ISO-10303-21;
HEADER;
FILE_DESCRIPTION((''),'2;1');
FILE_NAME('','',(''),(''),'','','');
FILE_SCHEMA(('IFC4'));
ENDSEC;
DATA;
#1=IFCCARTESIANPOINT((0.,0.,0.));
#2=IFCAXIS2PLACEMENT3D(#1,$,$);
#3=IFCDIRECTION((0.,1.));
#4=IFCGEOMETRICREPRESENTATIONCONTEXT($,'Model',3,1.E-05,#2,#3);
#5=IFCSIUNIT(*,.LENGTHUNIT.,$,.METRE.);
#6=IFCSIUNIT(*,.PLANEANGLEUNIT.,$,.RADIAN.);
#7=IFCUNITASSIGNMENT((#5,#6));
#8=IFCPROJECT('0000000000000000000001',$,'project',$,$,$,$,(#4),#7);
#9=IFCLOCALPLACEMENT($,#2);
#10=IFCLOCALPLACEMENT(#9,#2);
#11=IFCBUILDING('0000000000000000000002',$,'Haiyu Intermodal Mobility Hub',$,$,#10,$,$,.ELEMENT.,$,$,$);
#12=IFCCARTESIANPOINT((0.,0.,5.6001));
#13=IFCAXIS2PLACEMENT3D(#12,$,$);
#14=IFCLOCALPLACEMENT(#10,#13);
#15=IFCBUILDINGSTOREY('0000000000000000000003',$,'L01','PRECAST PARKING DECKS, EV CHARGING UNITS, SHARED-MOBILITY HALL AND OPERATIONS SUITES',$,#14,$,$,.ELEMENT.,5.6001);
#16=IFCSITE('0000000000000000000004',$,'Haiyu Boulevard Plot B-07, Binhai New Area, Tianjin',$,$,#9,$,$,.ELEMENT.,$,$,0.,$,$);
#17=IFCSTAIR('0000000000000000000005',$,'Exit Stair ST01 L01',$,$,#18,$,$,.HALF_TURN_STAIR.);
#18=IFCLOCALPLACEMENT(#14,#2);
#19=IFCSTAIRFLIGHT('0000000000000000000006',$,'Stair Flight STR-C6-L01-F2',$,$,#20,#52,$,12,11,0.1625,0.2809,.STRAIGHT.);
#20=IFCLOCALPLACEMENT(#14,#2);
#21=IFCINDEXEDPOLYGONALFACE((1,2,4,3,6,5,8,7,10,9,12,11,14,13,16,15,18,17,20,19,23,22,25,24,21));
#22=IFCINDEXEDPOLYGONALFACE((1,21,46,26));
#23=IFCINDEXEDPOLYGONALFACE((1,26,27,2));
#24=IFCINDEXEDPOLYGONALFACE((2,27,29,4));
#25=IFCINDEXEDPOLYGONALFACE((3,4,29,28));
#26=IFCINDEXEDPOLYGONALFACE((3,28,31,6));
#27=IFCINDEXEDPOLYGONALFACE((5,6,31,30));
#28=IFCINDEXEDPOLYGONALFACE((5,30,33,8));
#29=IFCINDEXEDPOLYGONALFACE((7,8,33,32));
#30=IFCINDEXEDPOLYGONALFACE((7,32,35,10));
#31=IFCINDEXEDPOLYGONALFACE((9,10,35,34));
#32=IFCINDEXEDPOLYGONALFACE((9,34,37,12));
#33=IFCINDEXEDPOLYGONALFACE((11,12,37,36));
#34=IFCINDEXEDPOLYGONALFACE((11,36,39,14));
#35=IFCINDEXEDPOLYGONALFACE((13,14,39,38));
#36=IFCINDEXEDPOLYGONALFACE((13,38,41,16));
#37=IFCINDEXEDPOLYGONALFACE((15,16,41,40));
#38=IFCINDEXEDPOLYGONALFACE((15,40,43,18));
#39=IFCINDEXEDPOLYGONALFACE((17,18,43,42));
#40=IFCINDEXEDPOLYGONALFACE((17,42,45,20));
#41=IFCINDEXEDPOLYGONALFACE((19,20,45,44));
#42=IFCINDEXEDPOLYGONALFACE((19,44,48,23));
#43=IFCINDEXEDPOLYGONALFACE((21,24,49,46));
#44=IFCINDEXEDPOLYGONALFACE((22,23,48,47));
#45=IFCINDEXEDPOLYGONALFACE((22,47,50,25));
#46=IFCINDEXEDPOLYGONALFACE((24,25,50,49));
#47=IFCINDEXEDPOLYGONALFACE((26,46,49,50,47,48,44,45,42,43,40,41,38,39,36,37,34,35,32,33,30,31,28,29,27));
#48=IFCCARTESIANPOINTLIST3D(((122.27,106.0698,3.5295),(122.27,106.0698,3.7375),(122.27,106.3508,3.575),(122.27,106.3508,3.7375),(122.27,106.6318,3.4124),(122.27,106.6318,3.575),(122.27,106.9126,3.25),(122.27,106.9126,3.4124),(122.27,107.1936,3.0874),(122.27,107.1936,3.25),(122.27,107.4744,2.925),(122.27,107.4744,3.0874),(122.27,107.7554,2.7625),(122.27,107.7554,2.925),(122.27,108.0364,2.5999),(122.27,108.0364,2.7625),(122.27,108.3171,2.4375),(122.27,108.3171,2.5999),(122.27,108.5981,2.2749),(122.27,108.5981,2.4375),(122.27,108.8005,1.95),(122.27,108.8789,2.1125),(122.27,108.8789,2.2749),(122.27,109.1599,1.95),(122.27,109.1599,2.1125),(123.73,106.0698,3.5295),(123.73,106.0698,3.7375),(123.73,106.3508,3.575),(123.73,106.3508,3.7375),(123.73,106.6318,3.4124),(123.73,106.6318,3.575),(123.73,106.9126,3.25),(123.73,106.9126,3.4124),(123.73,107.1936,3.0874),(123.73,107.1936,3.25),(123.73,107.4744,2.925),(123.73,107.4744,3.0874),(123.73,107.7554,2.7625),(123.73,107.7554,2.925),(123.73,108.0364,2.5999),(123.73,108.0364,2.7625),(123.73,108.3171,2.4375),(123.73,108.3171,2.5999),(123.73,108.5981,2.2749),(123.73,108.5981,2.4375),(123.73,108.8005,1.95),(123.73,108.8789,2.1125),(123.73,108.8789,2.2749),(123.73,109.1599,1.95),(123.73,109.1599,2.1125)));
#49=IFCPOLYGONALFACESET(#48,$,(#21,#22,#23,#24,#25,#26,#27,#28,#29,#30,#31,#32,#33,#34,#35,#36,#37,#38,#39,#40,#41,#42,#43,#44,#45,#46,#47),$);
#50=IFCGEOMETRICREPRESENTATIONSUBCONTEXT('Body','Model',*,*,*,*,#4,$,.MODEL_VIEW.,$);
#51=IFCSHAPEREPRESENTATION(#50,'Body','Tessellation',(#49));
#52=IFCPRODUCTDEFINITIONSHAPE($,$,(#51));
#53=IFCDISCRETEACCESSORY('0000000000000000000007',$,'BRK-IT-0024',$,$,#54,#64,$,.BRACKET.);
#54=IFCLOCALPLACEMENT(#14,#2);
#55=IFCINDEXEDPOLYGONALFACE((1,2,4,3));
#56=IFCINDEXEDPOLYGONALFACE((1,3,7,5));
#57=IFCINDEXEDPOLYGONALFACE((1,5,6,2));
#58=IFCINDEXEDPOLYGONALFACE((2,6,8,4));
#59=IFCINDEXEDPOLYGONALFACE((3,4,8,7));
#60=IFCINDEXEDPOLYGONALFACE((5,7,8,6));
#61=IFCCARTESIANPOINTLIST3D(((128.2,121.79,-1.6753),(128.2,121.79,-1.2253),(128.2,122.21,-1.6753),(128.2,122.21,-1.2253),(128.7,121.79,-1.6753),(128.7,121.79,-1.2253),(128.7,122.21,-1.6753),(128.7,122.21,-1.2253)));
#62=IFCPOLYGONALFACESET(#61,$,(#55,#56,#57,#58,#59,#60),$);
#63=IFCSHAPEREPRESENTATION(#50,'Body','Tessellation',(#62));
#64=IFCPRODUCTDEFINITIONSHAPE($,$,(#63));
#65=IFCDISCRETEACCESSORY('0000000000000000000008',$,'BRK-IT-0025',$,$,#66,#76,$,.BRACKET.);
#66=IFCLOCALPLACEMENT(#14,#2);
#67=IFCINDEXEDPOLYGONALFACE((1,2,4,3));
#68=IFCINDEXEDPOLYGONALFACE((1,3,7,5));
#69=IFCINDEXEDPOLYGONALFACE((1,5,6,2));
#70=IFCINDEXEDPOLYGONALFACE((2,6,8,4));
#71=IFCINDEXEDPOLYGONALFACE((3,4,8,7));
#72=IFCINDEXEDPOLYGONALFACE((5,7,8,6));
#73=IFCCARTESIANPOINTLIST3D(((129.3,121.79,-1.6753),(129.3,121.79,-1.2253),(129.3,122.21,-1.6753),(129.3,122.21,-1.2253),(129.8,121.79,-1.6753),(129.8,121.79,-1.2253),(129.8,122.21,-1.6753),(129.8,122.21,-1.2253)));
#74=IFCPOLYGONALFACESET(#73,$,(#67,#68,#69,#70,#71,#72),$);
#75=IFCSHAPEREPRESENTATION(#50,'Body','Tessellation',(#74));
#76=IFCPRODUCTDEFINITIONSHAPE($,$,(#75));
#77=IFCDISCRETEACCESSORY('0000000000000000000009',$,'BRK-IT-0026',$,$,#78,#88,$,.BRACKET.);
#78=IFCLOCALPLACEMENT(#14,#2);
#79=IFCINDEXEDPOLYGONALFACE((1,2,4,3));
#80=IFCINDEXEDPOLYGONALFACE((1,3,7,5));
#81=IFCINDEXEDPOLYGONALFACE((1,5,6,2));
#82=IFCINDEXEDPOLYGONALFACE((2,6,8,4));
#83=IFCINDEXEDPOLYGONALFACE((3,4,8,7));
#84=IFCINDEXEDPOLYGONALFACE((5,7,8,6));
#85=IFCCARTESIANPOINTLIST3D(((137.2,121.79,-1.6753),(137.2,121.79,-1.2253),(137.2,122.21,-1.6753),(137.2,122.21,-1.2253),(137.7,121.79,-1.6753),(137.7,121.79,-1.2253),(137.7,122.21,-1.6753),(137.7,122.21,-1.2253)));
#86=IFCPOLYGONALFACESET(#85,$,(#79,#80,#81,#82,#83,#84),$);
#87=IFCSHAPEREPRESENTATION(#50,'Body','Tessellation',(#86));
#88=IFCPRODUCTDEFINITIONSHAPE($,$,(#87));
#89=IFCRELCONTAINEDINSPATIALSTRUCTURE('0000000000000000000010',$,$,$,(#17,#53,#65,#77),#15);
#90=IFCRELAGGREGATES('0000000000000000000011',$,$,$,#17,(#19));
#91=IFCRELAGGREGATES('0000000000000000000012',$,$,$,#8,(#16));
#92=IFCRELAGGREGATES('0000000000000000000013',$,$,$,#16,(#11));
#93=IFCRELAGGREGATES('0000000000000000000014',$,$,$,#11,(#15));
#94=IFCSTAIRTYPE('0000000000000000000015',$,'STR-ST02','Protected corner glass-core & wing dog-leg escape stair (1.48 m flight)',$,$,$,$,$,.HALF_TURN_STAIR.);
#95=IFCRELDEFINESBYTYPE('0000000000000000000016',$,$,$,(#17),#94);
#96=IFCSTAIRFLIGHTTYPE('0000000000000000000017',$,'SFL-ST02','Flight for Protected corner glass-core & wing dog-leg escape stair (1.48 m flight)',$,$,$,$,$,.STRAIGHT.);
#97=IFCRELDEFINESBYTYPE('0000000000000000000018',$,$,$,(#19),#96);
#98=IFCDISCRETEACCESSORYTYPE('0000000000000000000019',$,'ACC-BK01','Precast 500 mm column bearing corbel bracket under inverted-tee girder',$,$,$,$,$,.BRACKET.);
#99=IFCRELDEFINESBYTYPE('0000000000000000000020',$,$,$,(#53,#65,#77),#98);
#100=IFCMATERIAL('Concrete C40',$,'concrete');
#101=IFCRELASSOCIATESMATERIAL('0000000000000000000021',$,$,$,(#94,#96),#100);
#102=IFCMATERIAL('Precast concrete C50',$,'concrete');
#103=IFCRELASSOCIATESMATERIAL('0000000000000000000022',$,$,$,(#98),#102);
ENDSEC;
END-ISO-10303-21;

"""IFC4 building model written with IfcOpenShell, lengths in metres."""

from ifc_helpers import new_model, si_unit, direction, frame, origin, origin_2d, place, context, subcontext, project, spatial, polyline, rectangle, outline, extrude, material, type_object, element, aggregate, save


model = new_model("IFC4")

# Units and contexts
model_context = context("Model", 3, precision=1e-05, world=origin(), true_north=direction((0.0, 1.0)))
body_context = subcontext(model_context, "Body", "Model", "MODEL_VIEW")
ifc_project = project(units=[si_unit("LENGTHUNIT", "METRE"), si_unit("PLANEANGLEUNIT", "RADIAN")], contexts=[model_context])

# Site, building, storey
site_placement = place(None, origin())
site = spatial("IfcSite", under=ifc_project, at=site_placement, Name="Haiyu Boulevard Plot B-07, Binhai New Area, Tianjin", CompositionType="ELEMENT", RefElevation=0.0)
building_placement = place(site_placement, origin())
building = spatial("IfcBuilding", under=site, at=building_placement, Name="Haiyu Intermodal Mobility Hub", CompositionType="ELEMENT")
storey_placement = place(building_placement, frame((0.0, 0.0, 5.6001)))
storey = spatial("IfcBuildingStorey", under=building, at=storey_placement, Name="L01", Description="PRECAST PARKING DECKS, EV CHARGING UNITS, SHARED-MOBILITY HALL AND OPERATIONS SUITES", CompositionType="ELEMENT", Elevation=5.6001)

# Shared definitions
ifc_material_1 = material(Name="Concrete C40", Category="concrete")
ifc_material_2 = material(Name="Precast concrete C50", Category="concrete")

# Stair, stair flight
stair_type = type_object("IfcStairType", Name="STR-ST02", Description="Protected corner glass-core & wing dog-leg escape stair (1.48 m flight)", PredefinedType="HALF_TURN_STAIR", material=ifc_material_1)
stair_placement = place(storey_placement, origin())
stair = element("IfcStair", 1, at=stair_placement, inside=storey, type_object=stair_type, Name="Exit Stair ST01 L01", PredefinedType="HALF_TURN_STAIR")
stair_flight_type = type_object("IfcStairFlightType", Name="SFL-ST02", Description="Flight for Protected corner glass-core & wing dog-leg escape stair (1.48 m flight)", PredefinedType="STRAIGHT", material=ifc_material_1)
stair_flight_placement = place(storey_placement, frame((123.0, 109.1599, 1.95), z_axis=(0.0, 0.0, 1.0), x_axis=(0.0, -1.0, 0.0)))
stair_flight = element("IfcStairFlight", 2, at=stair_flight_placement, type_object=stair_flight_type, Name="Stair Flight STR-C6-L01-F2", NumberOfRisers=12, NumberOfTreads=11, PredefinedType="STRAIGHT", RiserHeight=0.1625, TreadLength=0.2809, context=body_context, shape_type="SweptSolid", body=[
    extrude(outline(polyline([(0.0, 0.0), (0.0, 0.1626), (0.281, 0.1626), (0.281, 0.325), (0.5618, 0.325), (0.5618, 0.4875), (0.8428, 0.4875), (0.8428, 0.6499), (1.1235, 0.6499), (1.1235, 0.8125), (1.4045, 0.8125), (1.4045, 0.9751), (1.6855, 0.9751), (1.6855, 1.1375), (1.9663, 1.1375), (1.9663, 1.3), (2.2473, 1.3), (2.2473, 1.4624), (2.5281, 1.4624), (2.5281, 1.625), (2.8091, 1.625), (2.8091, 1.7876), (3.0901, 1.7876), (3.0901, 1.95), (3.0901, 1.5796), (0.3594, 0.0), (0.0, 0.0)])), frame((0.0, 0.73, 0.0), z_axis=(0.0, -1.0, 0.0), x_axis=(1.0, 0.0, 0.0)), (0.0, 0.0, 1.0), 1.46),
])
aggregate(stair, [stair_flight])

# Discrete accessories
discrete_accessory_type = type_object("IfcDiscreteAccessoryType", Name="ACC-BK01", Description="Precast 500 mm column bearing corbel bracket under inverted-tee girder", PredefinedType="BRACKET", material=ifc_material_2)
for number, where, z_axis, x_axis, name in (
    (3, (128.45, 122.0, -1.6753), (0.0, 0.0, 1.0), (1.0, 0.0, 0.0), "BRK-IT-0024"),
    (4, (129.55, 122.0, -1.6753), (0.0, 0.0, 1.0), (1.0, 0.0, 0.0), "BRK-IT-0025"),
    (5, (137.45, 122.0, -1.6753), (0.0, 0.0, 1.0), (1.0, 0.0, 0.0), "BRK-IT-0026"),
):
    element("IfcDiscreteAccessory", number, at=place(storey_placement, frame(where, z_axis=z_axis, x_axis=x_axis)), inside=storey, type_object=discrete_accessory_type, Name=name, PredefinedType="BRACKET", context=body_context, shape_type="SweptSolid", body=[
        extrude(rectangle(XDim=0.5, YDim=0.4199, at=origin_2d()), origin(), (0.0, 0.0, 1.0), 0.45),
    ])

save(model, "model.ifc")
